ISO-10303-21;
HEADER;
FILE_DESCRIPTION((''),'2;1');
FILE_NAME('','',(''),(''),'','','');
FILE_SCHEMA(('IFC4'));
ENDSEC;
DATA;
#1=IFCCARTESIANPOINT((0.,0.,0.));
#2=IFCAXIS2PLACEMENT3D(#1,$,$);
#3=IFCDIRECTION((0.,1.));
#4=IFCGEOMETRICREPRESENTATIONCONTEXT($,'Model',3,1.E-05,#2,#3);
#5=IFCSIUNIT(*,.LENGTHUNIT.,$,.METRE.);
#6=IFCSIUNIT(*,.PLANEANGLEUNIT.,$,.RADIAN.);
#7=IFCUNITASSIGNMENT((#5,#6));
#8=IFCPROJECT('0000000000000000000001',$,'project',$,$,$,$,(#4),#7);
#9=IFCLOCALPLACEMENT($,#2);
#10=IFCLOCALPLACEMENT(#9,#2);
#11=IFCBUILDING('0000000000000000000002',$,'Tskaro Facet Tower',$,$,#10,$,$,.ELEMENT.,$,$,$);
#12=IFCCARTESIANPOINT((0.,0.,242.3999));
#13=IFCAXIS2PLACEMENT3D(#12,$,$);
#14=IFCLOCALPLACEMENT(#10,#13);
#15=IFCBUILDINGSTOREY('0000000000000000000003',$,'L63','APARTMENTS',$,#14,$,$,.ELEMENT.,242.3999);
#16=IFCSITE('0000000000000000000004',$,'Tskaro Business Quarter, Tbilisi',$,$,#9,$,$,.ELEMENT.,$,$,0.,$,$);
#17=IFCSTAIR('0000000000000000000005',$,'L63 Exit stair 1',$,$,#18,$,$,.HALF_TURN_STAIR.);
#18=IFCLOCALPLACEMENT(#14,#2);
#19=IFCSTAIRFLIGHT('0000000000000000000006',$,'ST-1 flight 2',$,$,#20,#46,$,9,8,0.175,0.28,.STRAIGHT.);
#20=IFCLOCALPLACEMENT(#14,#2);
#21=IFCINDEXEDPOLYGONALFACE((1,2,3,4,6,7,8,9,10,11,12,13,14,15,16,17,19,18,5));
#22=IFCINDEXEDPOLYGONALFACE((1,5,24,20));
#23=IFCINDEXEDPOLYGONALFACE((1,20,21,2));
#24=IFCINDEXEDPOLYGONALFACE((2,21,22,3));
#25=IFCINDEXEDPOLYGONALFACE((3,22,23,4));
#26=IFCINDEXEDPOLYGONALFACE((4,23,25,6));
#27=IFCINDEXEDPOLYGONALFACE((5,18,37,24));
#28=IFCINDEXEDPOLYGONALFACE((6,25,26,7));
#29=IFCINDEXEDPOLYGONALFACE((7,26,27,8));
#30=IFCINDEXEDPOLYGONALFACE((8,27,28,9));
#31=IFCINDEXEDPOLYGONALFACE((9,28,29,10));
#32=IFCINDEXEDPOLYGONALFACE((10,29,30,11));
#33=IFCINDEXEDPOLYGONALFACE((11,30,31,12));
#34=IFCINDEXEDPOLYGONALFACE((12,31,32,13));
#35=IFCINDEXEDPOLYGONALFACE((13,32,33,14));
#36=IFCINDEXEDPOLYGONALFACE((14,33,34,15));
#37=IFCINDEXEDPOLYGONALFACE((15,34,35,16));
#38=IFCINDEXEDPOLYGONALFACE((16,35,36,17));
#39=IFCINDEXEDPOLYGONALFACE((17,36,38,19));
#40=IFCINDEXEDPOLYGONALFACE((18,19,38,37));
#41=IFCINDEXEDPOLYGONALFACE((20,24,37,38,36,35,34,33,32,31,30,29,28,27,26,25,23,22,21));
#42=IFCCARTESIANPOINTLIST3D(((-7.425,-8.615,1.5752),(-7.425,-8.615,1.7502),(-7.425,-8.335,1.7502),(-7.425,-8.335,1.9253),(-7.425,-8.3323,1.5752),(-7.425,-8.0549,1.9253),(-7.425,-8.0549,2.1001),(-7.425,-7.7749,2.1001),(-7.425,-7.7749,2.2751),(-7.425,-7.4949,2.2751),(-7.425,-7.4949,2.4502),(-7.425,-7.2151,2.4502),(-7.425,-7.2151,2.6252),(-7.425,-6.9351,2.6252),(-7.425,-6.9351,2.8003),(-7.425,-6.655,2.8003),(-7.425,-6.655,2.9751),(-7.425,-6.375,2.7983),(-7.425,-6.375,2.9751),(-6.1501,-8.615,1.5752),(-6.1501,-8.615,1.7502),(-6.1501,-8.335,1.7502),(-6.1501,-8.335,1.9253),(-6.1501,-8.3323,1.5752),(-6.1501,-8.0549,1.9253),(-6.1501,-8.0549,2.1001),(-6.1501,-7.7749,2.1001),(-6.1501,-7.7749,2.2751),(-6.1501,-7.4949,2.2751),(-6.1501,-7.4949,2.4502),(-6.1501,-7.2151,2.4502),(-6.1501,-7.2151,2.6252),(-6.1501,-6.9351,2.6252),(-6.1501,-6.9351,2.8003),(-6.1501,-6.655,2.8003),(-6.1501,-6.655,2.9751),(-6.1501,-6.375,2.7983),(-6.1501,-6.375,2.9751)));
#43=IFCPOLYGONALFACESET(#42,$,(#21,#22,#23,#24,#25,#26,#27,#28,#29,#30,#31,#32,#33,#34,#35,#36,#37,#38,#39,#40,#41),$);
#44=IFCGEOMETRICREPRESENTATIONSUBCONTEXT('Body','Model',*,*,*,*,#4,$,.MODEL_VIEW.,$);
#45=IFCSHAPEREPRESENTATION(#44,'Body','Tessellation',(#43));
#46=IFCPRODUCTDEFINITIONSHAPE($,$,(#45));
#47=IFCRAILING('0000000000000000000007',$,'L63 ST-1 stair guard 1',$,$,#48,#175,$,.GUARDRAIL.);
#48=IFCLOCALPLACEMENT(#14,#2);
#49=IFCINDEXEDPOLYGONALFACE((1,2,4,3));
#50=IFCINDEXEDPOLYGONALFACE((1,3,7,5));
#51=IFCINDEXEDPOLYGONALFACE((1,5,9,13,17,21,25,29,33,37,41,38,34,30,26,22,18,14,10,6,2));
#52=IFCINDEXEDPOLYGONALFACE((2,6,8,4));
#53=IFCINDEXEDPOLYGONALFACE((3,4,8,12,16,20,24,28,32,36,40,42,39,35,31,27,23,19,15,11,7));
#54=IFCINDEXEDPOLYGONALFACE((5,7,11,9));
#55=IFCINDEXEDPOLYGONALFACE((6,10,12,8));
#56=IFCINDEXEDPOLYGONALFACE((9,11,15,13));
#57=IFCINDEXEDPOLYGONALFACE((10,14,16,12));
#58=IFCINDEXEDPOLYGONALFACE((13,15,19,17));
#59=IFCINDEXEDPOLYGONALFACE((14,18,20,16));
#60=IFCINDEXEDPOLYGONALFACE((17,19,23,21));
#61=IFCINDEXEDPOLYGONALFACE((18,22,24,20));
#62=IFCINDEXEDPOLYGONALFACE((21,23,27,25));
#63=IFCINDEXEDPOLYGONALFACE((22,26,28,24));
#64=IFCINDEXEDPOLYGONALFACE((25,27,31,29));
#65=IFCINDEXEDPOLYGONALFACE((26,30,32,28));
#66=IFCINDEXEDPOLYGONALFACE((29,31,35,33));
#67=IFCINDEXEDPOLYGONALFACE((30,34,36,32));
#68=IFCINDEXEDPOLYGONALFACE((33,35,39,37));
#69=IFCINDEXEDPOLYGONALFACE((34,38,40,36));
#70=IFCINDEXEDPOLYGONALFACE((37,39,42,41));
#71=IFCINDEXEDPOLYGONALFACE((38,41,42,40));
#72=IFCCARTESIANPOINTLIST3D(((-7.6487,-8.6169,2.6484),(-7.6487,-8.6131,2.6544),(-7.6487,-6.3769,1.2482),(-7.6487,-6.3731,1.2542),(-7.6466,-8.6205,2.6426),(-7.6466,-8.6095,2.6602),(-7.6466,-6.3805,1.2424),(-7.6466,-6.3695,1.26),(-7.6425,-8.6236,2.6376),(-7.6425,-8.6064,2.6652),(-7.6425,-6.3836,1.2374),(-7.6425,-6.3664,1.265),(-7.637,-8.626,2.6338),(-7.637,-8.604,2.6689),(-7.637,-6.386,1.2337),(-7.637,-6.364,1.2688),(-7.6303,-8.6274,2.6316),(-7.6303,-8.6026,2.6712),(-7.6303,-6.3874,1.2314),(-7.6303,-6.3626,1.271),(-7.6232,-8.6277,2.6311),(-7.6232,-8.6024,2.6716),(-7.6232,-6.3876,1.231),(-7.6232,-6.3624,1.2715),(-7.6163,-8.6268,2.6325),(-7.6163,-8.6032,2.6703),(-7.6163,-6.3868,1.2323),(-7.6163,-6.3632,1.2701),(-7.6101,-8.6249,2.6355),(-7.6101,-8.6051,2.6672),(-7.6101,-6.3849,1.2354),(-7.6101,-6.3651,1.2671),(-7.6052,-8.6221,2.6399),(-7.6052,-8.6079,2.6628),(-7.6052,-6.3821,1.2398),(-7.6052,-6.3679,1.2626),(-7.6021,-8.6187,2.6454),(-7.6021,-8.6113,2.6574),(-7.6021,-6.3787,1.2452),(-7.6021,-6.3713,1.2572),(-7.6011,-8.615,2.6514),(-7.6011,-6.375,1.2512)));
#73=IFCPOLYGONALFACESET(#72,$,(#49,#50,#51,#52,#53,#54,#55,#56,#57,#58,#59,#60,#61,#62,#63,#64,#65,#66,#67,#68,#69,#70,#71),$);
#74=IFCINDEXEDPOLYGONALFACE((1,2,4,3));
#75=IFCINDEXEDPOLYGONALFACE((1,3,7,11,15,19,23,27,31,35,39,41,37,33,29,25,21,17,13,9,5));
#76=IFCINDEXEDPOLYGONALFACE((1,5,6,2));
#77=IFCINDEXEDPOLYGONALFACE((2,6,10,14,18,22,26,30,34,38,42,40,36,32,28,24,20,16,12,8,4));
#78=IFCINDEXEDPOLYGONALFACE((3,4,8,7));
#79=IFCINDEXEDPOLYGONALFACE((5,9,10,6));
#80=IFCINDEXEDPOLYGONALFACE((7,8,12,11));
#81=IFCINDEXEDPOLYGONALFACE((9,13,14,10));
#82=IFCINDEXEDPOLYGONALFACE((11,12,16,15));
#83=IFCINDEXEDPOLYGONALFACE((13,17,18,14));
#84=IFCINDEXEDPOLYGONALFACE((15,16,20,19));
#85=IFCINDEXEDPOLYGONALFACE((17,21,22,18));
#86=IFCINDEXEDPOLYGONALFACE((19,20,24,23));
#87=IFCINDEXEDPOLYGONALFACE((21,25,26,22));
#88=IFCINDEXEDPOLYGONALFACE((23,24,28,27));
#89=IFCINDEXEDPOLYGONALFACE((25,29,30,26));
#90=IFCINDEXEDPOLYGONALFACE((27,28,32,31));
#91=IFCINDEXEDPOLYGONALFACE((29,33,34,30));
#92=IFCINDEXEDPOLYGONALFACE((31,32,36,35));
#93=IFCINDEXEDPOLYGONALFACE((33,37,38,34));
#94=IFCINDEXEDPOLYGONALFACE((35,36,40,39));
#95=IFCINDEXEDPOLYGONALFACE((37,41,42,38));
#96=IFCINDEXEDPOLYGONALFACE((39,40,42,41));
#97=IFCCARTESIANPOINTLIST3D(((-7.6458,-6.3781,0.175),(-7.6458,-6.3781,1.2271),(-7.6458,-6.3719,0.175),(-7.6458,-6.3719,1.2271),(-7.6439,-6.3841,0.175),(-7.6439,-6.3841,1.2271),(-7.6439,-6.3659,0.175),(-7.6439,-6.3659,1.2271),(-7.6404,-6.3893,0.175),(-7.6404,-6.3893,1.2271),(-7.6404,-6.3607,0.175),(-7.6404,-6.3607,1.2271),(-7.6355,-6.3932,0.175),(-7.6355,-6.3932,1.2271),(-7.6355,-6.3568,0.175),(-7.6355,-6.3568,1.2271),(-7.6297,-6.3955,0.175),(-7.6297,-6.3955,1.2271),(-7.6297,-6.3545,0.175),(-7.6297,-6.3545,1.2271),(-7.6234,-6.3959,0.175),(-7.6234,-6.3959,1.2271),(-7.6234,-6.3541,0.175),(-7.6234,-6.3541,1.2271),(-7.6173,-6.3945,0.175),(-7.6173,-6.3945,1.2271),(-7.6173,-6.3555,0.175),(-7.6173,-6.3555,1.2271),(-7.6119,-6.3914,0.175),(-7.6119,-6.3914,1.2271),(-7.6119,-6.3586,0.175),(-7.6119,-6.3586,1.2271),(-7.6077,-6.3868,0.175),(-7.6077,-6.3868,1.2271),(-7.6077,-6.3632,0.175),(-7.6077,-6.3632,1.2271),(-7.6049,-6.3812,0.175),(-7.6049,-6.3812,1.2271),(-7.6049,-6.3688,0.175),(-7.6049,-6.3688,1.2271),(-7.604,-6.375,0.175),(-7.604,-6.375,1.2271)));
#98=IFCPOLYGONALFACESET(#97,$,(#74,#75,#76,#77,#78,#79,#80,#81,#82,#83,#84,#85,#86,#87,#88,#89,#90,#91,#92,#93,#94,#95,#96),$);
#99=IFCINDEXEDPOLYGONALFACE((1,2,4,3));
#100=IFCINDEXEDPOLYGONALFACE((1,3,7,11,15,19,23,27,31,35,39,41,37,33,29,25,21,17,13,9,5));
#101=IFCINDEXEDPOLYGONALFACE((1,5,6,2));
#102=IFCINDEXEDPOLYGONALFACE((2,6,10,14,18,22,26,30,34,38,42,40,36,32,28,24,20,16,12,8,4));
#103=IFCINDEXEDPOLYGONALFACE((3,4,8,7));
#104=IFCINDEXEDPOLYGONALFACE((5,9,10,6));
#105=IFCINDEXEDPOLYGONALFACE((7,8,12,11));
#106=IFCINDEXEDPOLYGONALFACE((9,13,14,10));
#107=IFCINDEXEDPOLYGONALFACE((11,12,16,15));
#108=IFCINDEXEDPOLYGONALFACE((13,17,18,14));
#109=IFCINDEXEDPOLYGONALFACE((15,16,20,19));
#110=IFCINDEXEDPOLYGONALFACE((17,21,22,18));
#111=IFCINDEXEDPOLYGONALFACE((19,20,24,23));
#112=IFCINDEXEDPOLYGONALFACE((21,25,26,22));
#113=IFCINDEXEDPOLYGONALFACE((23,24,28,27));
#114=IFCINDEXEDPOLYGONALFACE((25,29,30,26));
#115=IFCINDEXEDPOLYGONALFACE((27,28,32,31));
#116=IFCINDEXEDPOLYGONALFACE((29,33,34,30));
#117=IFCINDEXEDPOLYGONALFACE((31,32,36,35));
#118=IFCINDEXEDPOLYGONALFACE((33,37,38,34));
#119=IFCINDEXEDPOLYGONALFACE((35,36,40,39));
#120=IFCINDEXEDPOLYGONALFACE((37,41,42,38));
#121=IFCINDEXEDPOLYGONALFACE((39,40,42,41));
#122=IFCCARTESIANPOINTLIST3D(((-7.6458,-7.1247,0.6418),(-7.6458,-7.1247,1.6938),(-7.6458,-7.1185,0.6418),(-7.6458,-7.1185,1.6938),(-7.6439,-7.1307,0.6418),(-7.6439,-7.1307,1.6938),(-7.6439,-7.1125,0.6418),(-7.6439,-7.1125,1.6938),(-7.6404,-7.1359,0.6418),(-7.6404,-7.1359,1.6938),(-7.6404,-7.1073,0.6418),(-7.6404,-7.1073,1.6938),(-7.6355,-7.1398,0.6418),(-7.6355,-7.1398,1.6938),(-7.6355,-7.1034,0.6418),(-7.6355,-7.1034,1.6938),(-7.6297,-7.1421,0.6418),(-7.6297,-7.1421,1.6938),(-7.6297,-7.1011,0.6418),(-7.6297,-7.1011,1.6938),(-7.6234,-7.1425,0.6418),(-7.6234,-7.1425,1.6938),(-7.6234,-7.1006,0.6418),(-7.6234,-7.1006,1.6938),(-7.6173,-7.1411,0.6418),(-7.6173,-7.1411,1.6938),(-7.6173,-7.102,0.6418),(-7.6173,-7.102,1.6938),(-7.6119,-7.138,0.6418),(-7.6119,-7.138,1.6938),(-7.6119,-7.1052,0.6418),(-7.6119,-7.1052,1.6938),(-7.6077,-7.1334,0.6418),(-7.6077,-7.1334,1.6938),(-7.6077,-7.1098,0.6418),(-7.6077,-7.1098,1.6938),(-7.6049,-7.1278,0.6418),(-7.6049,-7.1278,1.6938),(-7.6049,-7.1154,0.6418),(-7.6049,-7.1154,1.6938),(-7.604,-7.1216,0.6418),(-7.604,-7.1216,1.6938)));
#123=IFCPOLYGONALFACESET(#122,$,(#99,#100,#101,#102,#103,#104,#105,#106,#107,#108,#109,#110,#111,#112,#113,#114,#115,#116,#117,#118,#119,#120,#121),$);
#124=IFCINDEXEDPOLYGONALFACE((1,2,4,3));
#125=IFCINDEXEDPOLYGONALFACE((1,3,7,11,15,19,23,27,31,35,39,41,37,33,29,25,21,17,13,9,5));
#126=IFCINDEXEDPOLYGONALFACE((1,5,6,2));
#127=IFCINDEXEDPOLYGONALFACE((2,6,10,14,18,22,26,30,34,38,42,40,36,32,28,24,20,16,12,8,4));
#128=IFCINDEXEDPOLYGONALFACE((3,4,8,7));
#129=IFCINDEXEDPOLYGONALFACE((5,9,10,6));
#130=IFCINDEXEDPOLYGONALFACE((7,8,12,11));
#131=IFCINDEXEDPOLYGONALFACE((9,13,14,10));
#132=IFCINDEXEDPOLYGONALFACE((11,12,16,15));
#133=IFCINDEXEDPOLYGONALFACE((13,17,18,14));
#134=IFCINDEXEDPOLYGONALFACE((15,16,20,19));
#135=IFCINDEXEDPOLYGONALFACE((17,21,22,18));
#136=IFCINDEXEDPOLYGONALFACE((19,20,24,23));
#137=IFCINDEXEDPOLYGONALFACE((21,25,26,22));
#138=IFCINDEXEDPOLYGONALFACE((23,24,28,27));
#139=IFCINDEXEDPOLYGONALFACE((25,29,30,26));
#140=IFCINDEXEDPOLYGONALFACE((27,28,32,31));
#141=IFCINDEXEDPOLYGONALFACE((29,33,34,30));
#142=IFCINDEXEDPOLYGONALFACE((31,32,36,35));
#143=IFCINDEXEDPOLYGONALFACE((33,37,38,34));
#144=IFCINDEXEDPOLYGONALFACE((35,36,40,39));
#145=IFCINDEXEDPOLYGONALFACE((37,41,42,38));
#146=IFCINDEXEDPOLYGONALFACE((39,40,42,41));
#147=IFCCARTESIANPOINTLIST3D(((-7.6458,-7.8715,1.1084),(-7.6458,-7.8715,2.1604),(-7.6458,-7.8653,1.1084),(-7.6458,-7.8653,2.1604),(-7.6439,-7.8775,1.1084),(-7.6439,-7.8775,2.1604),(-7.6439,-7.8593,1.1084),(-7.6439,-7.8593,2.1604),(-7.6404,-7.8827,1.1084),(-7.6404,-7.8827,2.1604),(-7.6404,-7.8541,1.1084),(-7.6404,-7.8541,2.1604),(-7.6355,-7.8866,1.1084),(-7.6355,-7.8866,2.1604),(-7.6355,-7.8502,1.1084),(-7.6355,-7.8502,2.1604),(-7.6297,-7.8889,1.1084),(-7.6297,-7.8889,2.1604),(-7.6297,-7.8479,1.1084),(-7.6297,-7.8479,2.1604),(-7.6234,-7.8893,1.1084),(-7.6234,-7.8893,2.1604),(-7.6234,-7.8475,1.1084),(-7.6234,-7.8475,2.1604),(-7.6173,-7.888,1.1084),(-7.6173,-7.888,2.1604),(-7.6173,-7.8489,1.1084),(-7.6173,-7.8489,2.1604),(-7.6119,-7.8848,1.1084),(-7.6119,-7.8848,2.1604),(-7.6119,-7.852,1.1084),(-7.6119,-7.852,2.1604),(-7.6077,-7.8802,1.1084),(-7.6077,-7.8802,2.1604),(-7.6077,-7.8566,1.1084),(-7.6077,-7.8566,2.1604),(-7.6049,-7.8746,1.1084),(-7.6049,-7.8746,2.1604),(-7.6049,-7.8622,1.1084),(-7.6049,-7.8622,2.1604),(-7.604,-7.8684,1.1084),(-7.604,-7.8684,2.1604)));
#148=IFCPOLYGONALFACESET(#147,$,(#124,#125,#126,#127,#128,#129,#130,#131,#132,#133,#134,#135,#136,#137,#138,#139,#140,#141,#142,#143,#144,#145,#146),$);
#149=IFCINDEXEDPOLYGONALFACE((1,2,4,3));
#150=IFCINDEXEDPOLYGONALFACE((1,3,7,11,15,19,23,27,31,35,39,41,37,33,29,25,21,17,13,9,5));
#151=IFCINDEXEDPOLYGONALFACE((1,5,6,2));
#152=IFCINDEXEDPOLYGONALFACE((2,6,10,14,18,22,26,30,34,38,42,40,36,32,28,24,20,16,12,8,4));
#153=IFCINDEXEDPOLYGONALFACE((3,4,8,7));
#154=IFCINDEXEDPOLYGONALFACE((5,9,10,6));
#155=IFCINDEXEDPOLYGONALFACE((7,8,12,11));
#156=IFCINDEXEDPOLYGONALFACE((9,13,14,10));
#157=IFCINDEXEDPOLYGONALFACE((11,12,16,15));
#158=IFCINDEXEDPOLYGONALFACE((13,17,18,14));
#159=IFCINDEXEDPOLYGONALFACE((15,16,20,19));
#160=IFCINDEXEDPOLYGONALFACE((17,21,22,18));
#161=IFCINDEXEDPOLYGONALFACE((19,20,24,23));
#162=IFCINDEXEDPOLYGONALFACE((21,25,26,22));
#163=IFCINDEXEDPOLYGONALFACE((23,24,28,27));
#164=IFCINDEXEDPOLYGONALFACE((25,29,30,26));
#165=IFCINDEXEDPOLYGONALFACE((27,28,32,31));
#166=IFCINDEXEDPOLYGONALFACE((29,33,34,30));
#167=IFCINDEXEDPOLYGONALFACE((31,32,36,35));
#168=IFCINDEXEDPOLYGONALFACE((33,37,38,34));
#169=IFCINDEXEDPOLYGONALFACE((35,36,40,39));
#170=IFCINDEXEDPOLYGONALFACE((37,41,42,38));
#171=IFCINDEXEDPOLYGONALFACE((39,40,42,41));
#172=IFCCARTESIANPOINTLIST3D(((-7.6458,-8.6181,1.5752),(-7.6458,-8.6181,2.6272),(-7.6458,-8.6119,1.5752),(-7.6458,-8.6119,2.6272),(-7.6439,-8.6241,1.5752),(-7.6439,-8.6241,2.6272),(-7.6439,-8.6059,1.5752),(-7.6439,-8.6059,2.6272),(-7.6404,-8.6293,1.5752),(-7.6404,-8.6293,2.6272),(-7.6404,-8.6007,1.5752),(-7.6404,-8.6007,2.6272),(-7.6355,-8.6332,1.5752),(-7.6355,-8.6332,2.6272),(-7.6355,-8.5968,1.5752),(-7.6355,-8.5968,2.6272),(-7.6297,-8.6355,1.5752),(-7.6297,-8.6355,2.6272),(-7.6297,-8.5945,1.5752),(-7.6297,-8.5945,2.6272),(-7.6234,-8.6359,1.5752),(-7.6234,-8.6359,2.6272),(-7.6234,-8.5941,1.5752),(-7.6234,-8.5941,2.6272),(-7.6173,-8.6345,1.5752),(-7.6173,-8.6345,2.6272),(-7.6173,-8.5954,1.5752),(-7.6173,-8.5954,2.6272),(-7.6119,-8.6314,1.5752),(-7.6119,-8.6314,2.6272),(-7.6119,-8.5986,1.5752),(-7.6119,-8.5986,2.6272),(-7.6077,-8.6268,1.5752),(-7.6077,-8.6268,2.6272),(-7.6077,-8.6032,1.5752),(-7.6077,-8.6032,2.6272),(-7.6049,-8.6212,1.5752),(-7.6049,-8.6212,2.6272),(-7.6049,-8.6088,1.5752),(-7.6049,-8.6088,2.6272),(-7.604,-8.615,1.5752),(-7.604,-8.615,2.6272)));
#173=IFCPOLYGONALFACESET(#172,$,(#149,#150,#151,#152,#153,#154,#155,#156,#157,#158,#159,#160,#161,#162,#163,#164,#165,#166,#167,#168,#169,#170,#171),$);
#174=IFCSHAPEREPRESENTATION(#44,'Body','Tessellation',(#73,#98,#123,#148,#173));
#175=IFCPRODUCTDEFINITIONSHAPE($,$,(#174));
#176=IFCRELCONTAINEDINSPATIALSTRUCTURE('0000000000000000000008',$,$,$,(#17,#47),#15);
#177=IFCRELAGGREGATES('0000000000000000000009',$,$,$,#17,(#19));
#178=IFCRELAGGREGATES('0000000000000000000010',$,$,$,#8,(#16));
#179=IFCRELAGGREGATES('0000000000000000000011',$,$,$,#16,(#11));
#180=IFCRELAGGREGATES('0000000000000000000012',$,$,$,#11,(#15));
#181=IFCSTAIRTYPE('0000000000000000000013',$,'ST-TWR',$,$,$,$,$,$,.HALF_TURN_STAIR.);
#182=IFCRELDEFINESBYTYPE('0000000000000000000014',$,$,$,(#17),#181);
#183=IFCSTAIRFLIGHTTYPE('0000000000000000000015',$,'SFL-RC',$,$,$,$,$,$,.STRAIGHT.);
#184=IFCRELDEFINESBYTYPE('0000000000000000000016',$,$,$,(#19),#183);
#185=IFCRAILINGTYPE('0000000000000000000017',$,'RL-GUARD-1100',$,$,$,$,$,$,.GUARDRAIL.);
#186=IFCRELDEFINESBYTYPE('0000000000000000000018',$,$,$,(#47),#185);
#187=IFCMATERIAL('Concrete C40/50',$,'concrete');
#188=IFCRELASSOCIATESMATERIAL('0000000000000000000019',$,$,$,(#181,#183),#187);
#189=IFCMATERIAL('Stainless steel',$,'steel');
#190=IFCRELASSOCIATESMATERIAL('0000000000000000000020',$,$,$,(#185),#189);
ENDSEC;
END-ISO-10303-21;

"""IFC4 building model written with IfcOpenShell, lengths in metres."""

from ifc_helpers import new_model, si_unit, direction, frame, origin, origin_2d, place, context, subcontext, project, spatial, polyline, circle, outline, extrude, material, type_object, element, aggregate, save


model = new_model("IFC4")

# Units and contexts
model_context = context("Model", 3, precision=1e-05, world=origin(), true_north=direction((0.0, 1.0)))
body_context = subcontext(model_context, "Body", "Model", "MODEL_VIEW")
ifc_project = project(units=[si_unit("LENGTHUNIT", "METRE"), si_unit("PLANEANGLEUNIT", "RADIAN")], contexts=[model_context])

# Site, building, storey
site_placement = place(None, origin())
site = spatial("IfcSite", under=ifc_project, at=site_placement, Name="Tskaro Business Quarter, Tbilisi", CompositionType="ELEMENT", RefElevation=0.0)
building_placement = place(site_placement, origin())
building = spatial("IfcBuilding", under=site, at=building_placement, Name="Tskaro Facet Tower", CompositionType="ELEMENT")
storey_placement = place(building_placement, frame((0.0, 0.0, 242.3999)))
storey = spatial("IfcBuildingStorey", under=building, at=storey_placement, Name="L63", Description="APARTMENTS", CompositionType="ELEMENT", Elevation=242.3999)

# Shared definitions
ifc_material_1 = material(Name="Stainless steel", Category="steel")

# Shared definitions
ifc_material_2 = material(Name="Concrete C40/50", Category="concrete")

# Stair, stair flight
stair_type = type_object("IfcStairType", Name="ST-TWR", PredefinedType="HALF_TURN_STAIR", material=ifc_material_2)
stair_placement = place(storey_placement, origin())
stair = element("IfcStair", 1, at=stair_placement, inside=storey, type_object=stair_type, Name="L63 Exit stair 1", PredefinedType="HALF_TURN_STAIR")
stair_flight_type = type_object("IfcStairFlightType", Name="SFL-RC", PredefinedType="STRAIGHT", material=ifc_material_2)
stair_flight_1_placement = place(storey_placement, frame((-6.7876, -8.615, 1.5752), z_axis=(0.0, 0.0, 1.0), x_axis=(0.0, 1.0, 0.0)))
stair_flight_1 = element("IfcStairFlight", 2, at=stair_flight_1_placement, type_object=stair_flight_type, Name="ST-1 flight 2", NumberOfRisers=9, NumberOfTreads=8, PredefinedType="STRAIGHT", RiserHeight=0.175, TreadLength=0.28, context=body_context, shape_type="SweptSolid", body=[
    extrude(outline(polyline([(0.0, 0.0), (0.0, 0.175), (0.28, 0.175), (0.28, 0.3501), (0.5601, 0.3501), (0.5601, 0.5249), (0.8401, 0.5249), (0.8401, 0.7), (1.1201, 0.7), (1.1201, 0.875), (1.3999, 0.875), (1.3999, 1.05), (1.6799, 1.05), (1.6799, 1.2251), (1.96, 1.2251), (1.96, 1.3999), (2.24, 1.3999), (2.24, 1.575), (2.24, 1.2231), (0.2827, 0.0), (0.0, 0.0)])), frame((0.0, 0.6375, 0.0), z_axis=(0.0, -1.0, 0.0), x_axis=(1.0, 0.0, 0.0)), (0.0, 0.0, 1.0), 1.2749),
])
aggregate(stair, [stair_flight_1])

# Railing
railing_type_1 = type_object("IfcRailingType", Name="RL-GUARD-1100", PredefinedType="GUARDRAIL", material=ifc_material_1)
railing_1_placement = place(storey_placement, frame((-7.625, -6.375, 0.175)))
element("IfcRailing", 3, at=railing_1_placement, inside=storey, type_object=railing_type_1, Name="L63 ST-1 stair guard 1", PredefinedType="GUARDRAIL", context=body_context, shape_type="SweptSolid", body=[
    extrude(circle(Radius=0.0239, at=origin_2d()), frame((0.0, 0.0, 1.0762), z_axis=(0.0, -0.847972, 0.53004), x_axis=(1.0, 0.0, 0.0)), (0.0, 0.0, 1.0), 2.6416),
    extrude(circle(Radius=0.021, at=origin_2d()), origin(), (0.0, 0.0, 1.0), 1.052),
    extrude(circle(Radius=0.021, at=origin_2d()), frame((0.0, -0.7466, 0.4668)), (0.0, 0.0, 1.0), 1.052),
    extrude(circle(Radius=0.021, at=origin_2d()), frame((0.0, -1.4934, 0.9333)), (0.0, 0.0, 1.0), 1.052),
    extrude(circle(Radius=0.021, at=origin_2d()), frame((0.0, -2.24, 1.4001)), (0.0, 0.0, 1.0), 1.052),
])

save(model, "model.ifc")
